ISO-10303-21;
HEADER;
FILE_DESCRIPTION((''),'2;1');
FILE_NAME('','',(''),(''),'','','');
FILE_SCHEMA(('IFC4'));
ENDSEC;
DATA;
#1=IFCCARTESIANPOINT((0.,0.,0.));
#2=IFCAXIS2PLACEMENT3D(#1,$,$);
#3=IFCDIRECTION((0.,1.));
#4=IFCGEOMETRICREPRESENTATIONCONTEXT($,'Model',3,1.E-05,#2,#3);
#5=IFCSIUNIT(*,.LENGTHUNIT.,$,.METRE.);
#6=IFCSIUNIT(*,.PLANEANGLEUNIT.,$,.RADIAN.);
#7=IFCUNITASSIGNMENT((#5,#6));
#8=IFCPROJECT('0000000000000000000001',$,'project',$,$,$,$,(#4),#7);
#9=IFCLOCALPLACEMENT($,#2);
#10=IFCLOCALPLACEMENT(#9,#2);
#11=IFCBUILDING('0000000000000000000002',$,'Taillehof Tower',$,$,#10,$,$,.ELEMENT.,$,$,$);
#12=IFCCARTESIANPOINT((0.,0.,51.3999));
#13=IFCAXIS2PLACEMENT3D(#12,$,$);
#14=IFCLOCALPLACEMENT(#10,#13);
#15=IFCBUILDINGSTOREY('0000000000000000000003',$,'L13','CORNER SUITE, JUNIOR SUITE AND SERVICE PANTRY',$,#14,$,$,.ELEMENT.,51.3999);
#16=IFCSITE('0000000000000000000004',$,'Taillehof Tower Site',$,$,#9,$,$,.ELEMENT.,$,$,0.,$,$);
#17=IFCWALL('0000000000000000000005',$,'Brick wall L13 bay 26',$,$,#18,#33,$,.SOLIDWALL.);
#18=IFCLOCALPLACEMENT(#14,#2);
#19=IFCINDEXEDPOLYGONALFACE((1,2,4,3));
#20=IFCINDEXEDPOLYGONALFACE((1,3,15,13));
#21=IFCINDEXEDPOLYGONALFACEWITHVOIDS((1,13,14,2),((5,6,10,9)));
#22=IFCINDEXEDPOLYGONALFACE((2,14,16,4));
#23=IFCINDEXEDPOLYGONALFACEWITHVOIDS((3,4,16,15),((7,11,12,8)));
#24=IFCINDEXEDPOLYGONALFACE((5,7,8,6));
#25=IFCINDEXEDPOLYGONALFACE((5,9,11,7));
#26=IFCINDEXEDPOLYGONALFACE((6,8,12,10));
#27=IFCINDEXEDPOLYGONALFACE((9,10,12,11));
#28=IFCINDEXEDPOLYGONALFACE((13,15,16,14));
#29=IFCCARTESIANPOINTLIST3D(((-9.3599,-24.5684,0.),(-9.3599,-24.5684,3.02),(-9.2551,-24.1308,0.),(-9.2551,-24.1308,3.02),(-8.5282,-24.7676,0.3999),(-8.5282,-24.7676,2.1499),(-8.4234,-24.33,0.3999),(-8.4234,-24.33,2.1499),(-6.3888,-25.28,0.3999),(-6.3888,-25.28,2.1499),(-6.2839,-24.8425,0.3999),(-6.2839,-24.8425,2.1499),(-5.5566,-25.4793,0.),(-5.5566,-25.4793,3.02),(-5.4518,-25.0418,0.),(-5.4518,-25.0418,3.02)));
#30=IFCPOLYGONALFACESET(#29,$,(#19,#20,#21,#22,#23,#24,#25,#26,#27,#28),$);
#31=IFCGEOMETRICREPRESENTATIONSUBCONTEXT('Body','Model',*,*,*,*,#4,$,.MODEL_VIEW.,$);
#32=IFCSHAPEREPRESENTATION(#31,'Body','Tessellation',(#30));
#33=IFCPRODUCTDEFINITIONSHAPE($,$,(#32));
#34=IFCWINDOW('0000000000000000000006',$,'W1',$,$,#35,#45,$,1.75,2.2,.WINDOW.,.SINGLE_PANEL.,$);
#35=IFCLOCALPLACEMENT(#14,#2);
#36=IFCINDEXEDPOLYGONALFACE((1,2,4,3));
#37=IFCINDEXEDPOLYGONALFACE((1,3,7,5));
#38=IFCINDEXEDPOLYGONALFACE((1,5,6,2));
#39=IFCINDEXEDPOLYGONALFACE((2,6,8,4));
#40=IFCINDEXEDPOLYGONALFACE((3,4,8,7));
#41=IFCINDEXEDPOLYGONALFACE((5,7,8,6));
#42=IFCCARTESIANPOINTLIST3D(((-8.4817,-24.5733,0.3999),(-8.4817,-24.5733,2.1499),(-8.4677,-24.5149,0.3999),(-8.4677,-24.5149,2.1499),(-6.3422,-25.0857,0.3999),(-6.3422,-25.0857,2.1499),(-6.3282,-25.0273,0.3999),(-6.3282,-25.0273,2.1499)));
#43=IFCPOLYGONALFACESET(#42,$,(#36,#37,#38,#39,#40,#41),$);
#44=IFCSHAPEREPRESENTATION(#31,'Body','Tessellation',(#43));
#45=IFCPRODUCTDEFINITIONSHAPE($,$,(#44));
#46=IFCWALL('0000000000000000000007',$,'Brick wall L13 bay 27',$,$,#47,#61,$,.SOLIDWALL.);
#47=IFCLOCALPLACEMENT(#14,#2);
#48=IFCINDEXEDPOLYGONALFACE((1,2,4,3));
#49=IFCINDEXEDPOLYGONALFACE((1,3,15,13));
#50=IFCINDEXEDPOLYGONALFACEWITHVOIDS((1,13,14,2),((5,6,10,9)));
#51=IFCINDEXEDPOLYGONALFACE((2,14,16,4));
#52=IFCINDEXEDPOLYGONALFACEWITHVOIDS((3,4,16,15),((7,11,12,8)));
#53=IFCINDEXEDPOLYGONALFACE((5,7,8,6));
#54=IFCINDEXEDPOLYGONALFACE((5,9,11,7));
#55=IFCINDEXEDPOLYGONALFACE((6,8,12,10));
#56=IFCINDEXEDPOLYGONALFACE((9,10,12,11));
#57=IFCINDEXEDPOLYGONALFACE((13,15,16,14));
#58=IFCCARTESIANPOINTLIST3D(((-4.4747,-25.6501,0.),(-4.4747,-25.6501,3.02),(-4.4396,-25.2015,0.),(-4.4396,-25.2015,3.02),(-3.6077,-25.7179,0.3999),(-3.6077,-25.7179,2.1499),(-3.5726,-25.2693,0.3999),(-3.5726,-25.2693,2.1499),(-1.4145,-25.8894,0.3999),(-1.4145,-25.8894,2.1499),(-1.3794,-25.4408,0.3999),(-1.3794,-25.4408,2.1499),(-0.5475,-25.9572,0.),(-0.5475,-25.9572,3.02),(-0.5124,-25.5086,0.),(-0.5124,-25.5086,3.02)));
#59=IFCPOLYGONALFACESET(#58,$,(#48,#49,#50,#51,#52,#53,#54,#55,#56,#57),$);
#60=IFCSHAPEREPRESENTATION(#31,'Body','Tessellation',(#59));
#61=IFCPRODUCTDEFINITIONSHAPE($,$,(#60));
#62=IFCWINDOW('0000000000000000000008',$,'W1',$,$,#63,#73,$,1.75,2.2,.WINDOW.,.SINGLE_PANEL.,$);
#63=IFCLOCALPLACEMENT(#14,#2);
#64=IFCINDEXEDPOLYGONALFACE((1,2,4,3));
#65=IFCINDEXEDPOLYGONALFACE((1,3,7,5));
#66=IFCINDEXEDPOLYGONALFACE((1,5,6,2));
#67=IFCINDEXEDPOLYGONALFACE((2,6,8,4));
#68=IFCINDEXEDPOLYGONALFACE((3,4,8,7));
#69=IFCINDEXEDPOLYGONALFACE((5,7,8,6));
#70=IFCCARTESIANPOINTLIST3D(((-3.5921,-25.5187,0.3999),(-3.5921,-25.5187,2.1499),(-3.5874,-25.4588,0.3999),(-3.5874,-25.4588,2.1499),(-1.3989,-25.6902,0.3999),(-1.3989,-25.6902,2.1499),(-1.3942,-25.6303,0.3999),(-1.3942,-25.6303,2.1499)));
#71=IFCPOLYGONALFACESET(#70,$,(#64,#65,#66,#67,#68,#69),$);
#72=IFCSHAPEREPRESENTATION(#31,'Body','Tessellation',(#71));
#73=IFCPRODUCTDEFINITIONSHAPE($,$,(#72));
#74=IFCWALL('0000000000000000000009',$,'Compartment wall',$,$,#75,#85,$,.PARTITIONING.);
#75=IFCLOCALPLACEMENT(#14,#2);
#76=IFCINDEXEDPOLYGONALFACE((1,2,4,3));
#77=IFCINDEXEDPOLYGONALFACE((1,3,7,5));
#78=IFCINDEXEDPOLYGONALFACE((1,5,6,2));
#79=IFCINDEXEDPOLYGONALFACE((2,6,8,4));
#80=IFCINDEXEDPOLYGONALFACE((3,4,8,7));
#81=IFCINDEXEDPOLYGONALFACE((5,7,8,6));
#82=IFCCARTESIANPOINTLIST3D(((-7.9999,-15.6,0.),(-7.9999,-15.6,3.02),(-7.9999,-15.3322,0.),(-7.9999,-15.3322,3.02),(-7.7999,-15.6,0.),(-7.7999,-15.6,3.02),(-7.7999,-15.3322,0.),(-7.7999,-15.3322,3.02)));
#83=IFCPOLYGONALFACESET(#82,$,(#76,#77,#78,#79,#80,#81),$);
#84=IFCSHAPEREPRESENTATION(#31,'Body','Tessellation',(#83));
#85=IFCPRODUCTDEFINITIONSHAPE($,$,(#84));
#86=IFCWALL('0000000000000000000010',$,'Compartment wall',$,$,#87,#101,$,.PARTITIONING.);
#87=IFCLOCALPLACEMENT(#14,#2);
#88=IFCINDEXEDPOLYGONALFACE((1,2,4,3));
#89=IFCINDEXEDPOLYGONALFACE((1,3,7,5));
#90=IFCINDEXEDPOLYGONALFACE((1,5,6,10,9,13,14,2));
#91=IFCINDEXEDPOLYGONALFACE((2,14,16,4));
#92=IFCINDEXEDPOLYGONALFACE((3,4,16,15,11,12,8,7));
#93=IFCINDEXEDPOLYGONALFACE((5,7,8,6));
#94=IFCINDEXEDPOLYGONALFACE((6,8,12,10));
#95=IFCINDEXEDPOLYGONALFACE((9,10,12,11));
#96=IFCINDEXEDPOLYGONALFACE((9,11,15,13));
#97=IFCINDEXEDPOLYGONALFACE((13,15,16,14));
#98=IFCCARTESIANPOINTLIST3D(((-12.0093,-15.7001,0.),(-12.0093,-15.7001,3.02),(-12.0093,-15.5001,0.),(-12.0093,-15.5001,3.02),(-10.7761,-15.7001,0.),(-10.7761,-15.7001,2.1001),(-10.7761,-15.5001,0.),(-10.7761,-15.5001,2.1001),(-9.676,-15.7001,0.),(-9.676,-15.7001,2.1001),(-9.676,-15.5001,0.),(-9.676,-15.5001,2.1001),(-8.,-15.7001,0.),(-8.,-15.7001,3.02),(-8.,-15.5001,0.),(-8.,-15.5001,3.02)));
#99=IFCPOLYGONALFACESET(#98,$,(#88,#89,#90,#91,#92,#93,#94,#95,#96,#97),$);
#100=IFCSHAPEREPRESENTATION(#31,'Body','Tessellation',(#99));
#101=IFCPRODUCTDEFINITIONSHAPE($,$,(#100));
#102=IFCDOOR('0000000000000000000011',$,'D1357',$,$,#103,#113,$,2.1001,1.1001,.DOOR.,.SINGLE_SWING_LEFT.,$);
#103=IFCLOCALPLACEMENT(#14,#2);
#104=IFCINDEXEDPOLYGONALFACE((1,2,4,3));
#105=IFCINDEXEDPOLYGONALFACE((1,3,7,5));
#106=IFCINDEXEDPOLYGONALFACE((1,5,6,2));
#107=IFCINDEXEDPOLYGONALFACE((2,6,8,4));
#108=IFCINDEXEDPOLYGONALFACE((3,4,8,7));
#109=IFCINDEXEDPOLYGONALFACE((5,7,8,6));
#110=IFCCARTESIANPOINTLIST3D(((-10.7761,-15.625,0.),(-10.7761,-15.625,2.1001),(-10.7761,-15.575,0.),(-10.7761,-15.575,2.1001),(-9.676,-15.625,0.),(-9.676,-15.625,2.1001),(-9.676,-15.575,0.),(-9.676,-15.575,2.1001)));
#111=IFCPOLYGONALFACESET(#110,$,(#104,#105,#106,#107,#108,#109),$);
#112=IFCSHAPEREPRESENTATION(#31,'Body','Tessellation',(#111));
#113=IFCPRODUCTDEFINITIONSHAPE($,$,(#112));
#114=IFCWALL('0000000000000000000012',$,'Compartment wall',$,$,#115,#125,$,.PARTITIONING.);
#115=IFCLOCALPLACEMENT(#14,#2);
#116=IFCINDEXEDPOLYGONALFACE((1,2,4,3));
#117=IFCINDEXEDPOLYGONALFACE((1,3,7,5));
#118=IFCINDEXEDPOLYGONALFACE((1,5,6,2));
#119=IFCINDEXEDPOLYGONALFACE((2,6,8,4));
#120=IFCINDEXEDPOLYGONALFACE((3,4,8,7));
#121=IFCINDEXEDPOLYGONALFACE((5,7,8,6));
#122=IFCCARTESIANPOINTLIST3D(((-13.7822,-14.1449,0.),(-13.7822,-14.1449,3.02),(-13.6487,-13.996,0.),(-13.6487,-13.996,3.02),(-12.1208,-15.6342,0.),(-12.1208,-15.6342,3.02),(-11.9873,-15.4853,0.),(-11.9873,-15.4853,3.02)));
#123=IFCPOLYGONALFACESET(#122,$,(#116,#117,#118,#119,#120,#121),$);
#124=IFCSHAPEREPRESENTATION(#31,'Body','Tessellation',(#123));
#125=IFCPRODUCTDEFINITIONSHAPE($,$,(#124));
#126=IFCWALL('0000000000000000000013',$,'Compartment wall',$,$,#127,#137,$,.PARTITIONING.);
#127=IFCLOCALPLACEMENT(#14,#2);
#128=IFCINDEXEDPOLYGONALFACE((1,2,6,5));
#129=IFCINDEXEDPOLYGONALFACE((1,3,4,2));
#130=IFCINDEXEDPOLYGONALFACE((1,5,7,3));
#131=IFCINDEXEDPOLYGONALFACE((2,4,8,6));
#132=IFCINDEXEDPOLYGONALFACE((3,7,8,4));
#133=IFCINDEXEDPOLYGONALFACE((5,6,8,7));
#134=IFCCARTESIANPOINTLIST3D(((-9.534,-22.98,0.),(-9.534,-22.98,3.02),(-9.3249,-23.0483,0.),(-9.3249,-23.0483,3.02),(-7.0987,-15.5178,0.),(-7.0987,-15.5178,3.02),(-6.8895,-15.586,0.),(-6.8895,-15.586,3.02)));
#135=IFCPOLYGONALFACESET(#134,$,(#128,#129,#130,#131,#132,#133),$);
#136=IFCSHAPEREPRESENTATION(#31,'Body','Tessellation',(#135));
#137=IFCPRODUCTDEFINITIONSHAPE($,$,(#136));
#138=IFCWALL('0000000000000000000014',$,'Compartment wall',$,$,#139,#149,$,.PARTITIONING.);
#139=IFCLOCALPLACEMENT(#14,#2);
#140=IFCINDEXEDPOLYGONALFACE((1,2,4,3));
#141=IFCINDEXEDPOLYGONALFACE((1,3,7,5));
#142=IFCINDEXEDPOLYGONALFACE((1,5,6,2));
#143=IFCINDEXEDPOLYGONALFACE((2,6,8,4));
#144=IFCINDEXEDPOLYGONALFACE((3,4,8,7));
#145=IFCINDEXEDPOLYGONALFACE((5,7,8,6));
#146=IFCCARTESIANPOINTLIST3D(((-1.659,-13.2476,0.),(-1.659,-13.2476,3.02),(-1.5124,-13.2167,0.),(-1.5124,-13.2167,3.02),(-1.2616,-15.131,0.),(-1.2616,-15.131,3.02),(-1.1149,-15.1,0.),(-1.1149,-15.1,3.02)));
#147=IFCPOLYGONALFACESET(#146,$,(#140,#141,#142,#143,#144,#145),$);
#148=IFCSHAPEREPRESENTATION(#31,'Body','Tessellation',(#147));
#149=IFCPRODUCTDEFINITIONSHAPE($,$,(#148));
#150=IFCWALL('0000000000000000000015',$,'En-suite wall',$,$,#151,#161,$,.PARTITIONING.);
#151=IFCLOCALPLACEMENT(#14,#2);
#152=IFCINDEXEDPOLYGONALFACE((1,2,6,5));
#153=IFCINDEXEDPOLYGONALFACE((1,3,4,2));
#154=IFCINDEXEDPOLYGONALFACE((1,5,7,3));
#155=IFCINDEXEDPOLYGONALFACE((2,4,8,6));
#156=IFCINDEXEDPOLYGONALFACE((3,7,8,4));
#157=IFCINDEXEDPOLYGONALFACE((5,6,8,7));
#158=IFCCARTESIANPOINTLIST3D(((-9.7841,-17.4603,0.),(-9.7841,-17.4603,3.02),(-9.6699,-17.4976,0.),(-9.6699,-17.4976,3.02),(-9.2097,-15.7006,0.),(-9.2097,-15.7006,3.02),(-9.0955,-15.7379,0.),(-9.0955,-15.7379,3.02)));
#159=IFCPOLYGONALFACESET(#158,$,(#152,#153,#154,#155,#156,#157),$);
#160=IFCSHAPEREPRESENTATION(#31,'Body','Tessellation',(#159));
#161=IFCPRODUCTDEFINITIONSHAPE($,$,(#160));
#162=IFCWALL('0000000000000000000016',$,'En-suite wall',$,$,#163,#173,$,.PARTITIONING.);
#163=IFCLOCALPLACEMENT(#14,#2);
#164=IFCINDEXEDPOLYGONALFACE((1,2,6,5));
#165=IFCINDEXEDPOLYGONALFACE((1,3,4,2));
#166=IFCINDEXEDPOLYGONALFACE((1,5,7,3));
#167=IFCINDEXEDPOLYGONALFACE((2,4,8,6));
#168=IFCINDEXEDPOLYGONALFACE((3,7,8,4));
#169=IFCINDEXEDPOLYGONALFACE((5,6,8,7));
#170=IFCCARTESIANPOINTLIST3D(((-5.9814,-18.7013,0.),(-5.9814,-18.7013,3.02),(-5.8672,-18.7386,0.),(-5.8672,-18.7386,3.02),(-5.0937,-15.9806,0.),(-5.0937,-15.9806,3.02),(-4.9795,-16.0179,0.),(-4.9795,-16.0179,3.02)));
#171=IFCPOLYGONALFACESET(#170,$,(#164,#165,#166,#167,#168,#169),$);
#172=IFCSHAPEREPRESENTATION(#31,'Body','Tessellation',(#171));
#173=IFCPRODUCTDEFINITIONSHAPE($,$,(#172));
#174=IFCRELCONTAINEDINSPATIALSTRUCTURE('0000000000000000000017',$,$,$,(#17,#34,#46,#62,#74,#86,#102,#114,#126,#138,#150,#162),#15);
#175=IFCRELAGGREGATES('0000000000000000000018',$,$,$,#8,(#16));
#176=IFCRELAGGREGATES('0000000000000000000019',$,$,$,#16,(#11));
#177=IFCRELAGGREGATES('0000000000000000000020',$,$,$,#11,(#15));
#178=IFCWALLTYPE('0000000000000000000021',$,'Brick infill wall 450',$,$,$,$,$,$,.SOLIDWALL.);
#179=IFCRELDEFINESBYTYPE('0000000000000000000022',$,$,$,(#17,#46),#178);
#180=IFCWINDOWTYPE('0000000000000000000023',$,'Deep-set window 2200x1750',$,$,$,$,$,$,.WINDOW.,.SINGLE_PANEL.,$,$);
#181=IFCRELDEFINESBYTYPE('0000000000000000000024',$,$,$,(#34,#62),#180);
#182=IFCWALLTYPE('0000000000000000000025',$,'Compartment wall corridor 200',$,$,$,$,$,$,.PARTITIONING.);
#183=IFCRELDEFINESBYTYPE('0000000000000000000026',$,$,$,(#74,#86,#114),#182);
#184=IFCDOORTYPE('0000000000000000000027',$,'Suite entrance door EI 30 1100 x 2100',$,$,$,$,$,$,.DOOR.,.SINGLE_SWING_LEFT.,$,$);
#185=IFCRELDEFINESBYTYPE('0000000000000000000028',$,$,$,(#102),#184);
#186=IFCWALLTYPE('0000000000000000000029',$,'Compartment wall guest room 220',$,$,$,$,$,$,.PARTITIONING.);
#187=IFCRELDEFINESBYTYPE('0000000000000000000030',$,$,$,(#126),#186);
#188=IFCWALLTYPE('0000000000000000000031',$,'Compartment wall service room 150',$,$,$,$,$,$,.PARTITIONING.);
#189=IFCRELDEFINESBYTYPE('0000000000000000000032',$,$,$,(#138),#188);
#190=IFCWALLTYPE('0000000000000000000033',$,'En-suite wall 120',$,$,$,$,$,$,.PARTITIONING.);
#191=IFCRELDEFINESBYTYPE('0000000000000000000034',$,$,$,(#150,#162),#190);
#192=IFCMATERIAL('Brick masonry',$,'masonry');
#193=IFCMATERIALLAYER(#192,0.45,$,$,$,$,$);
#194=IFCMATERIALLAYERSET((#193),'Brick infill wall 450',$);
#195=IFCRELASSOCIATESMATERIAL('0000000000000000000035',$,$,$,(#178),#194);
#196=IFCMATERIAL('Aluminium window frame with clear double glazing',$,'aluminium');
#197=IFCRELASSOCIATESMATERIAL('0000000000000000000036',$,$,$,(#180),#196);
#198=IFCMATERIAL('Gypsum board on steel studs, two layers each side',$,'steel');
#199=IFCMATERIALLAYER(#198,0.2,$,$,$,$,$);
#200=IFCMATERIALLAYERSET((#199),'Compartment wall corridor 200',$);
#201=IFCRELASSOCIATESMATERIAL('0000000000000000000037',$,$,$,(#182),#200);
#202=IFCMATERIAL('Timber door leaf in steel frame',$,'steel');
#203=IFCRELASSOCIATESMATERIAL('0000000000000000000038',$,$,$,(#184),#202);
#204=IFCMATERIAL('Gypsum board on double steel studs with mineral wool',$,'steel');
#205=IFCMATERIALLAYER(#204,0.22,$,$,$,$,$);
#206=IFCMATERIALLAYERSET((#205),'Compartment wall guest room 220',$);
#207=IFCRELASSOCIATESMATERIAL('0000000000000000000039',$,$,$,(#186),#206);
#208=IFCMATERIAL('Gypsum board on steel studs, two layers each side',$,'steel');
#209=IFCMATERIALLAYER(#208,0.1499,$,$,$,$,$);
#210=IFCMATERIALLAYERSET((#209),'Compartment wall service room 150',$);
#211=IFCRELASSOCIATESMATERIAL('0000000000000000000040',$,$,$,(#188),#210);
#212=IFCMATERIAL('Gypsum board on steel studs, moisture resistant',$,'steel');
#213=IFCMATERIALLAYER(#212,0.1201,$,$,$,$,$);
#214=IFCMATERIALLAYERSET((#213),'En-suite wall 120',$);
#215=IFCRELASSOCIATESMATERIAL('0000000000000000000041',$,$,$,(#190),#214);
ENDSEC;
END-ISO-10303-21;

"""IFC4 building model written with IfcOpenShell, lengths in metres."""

from ifc_helpers import new_model, si_unit, direction, frame, frame_2d, origin, place, context, subcontext, project, spatial, rectangle, extrude, material, layer, layer_set, type_object, element, fill, save


model = new_model("IFC4")

# Units and contexts
model_context = context("Model", 3, precision=1e-05, world=origin(), true_north=direction((0.0, 1.0)))
body_context = subcontext(model_context, "Body", "Model", "MODEL_VIEW")
ifc_project = project(units=[si_unit("LENGTHUNIT", "METRE"), si_unit("PLANEANGLEUNIT", "RADIAN")], contexts=[model_context])

# Site, building, storey
site_placement = place(None, origin())
site = spatial("IfcSite", under=ifc_project, at=site_placement, Name="Taillehof Tower Site", CompositionType="ELEMENT", RefElevation=0.0)
building_placement = place(site_placement, origin())
building = spatial("IfcBuilding", under=site, at=building_placement, Name="Taillehof Tower", CompositionType="ELEMENT")
storey_placement = place(building_placement, frame((0.0, 0.0, 51.3999)))
storey = spatial("IfcBuildingStorey", under=building, at=storey_placement, Name="L13", Description="CORNER SUITE, JUNIOR SUITE AND SERVICE PANTRY", CompositionType="ELEMENT", Elevation=51.3999)

# Walls, openings, windows
ifc_material_1 = material(Name="Brick masonry", Category="masonry")
ifc_layer_1 = layer(ifc_material_1, 0.45)
ifc_layer_set_1 = layer_set([ifc_layer_1], Name="Brick infill wall 450")
wall_type_1 = type_object("IfcWallType", Name="Brick infill wall 450", PredefinedType="SOLIDWALL", material=ifc_layer_set_1)
ifc_material_2 = material(Name="Aluminium window frame with clear double glazing", Category="aluminium")
window_type = type_object("IfcWindowType", Name="Deep-set window 2200x1750", PartitioningType="SINGLE_PANEL", PredefinedType="WINDOW", material=ifc_material_2)
wall_1_placement = place(storey_placement, frame((-9.3076, -24.3496, 0.0), z_axis=(0.0, 0.0, 1.0), x_axis=(0.972497, -0.232917, 0.0)))
wall_1 = element("IfcWall", 1, at=wall_1_placement, inside=storey, type_object=wall_type_1, Name="Brick wall L13 bay 26", PredefinedType="SOLIDWALL", context=body_context, shape_type="SweptSolid", body=[
    extrude(rectangle(XDim=3.9109, YDim=0.45, at=frame_2d((1.9556, 0.0))), origin(), (0.0, 0.0, 1.0), 3.02),
])
opening_1_placement = place(wall_1_placement, frame((0.8552, 0.0, 0.3999)))
opening_1 = element("IfcOpeningElement", 2, at=opening_1_placement, cuts=wall_1, PredefinedType="OPENING", context=body_context, shape_type="SweptSolid", body=[
    extrude(rectangle(XDim=2.2, YDim=1.75, at=frame_2d((1.1001, 0.875))), frame((0.0, 0.2349, 0.0), z_axis=(0.0, -1.0, 0.0), x_axis=(1.0, 0.0, 0.0)), (0.0, 0.0, 1.0), 0.47),
])
window_1_placement = place(opening_1_placement, origin())
window_1 = element("IfcWindow", 3, at=window_1_placement, inside=storey, type_object=window_type, Name="W1", OverallHeight=1.75, OverallWidth=2.2, PartitioningType="SINGLE_PANEL", PredefinedType="WINDOW", context=body_context, shape_type="SweptSolid", body=[
    extrude(rectangle(XDim=2.2, YDim=1.75, at=frame_2d((1.1001, 0.875))), frame((0.0, 0.0349, 0.0), z_axis=(0.0, -1.0, 0.0), x_axis=(1.0, 0.0, 0.0)), (0.0, 0.0, 1.0), 0.0601),
])
fill(opening_1, window_1)
wall_2_placement = place(storey_placement, frame((-4.4573, -25.4258, 0.0), z_axis=(0.0, 0.0, 1.0), x_axis=(0.996956, -0.077967, 0.0)))
wall_2 = element("IfcWall", 4, at=wall_2_placement, inside=storey, type_object=wall_type_1, Name="Brick wall L13 bay 27", PredefinedType="SOLIDWALL", context=body_context, shape_type="SweptSolid", body=[
    extrude(rectangle(XDim=3.9392, YDim=0.45, at=frame_2d((1.9697, 0.0))), origin(), (0.0, 0.0, 1.0), 3.02),
])
opening_2_placement = place(wall_2_placement, frame((0.8696, 0.0, 0.3999)))
opening_2 = element("IfcOpeningElement", 5, at=opening_2_placement, cuts=wall_2, PredefinedType="OPENING", context=body_context, shape_type="SweptSolid", body=[
    extrude(rectangle(XDim=2.2, YDim=1.75, at=frame_2d((1.1001, 0.875))), frame((0.0, 0.2349, 0.0), z_axis=(0.0, -1.0, 0.0), x_axis=(1.0, 0.0, 0.0)), (0.0, 0.0, 1.0), 0.47),
])
window_2_placement = place(opening_2_placement, origin())
window_2 = element("IfcWindow", 6, at=window_2_placement, inside=storey, type_object=window_type, Name="W1", OverallHeight=1.75, OverallWidth=2.2, PartitioningType="SINGLE_PANEL", PredefinedType="WINDOW", context=body_context, shape_type="SweptSolid", body=[
    extrude(rectangle(XDim=2.2, YDim=1.75, at=frame_2d((1.1001, 0.875))), frame((0.0, 0.0349, 0.0), z_axis=(0.0, -1.0, 0.0), x_axis=(1.0, 0.0, 0.0)), (0.0, 0.0, 1.0), 0.0601),
])
fill(opening_2, window_2)

# Wall
ifc_material_3 = material(Name="Gypsum board on steel studs, two layers each side", Category="steel")
ifc_layer_2 = layer(ifc_material_3, 0.2)
ifc_layer_set_2 = layer_set([ifc_layer_2], Name="Compartment wall corridor 200")
wall_type_2 = type_object("IfcWallType", Name="Compartment wall corridor 200", PredefinedType="PARTITIONING", material=ifc_layer_set_2)
wall_3_placement = place(storey_placement, frame((-7.8999, -15.3323, 0.0), z_axis=(0.0, 0.0, 1.0), x_axis=(0.0, -1.0, 0.0)))
element("IfcWall", 7, at=wall_3_placement, inside=storey, type_object=wall_type_2, Name="Compartment wall", PredefinedType="PARTITIONING", context=body_context, shape_type="SweptSolid", body=[
    extrude(rectangle(XDim=0.2678, YDim=0.2, at=frame_2d((0.1338, 0.0))), origin(), (0.0, 0.0, 1.0), 3.02),
])

# Wall, opening, door
wall_4_placement = place(storey_placement, frame((-8.0, -15.6001, 0.0), z_axis=(0.0, 0.0, 1.0), x_axis=(-1.0, 0.0, 0.0)))
wall_4 = element("IfcWall", 8, at=wall_4_placement, inside=storey, type_object=wall_type_2, Name="Compartment wall", PredefinedType="PARTITIONING", context=body_context, shape_type="SweptSolid", body=[
    extrude(rectangle(XDim=4.0093, YDim=0.2, at=frame_2d((2.0046, 0.0))), origin(), (0.0, 0.0, 1.0), 3.02),
])
opening_3_placement = place(wall_4_placement, frame((1.676, 0.0, 0.0)))
opening_3 = element("IfcOpeningElement", 9, at=opening_3_placement, cuts=wall_4, PredefinedType="OPENING", context=body_context, shape_type="SweptSolid", body=[
    extrude(rectangle(XDim=1.1001, YDim=2.1001, at=frame_2d((0.55, 1.05))), frame((0.0, 0.1099, 0.0), z_axis=(0.0, -1.0, 0.0), x_axis=(1.0, 0.0, 0.0)), (0.0, 0.0, 1.0), 0.22),
])
ifc_material_4 = material(Name="Timber door leaf in steel frame", Category="steel")
door_type_1 = type_object("IfcDoorType", Name="Suite entrance door EI 30 1100 x 2100", OperationType="SINGLE_SWING_LEFT", PredefinedType="DOOR", material=ifc_material_4)
door_1_placement = place(opening_3_placement, origin())
door_1 = element("IfcDoor", 10, at=door_1_placement, inside=storey, type_object=door_type_1, Name="D1357", OperationType="SINGLE_SWING_LEFT", OverallHeight=2.1001, OverallWidth=1.1001, PredefinedType="DOOR", context=body_context, shape_type="SweptSolid", body=[
    extrude(rectangle(XDim=1.1001, YDim=2.1001, at=frame_2d((0.55, 1.05))), frame((0.0, 0.0249, 0.0), z_axis=(0.0, -1.0, 0.0), x_axis=(1.0, 0.0, 0.0)), (0.0, 0.0, 1.0), 0.05),
])
fill(opening_3, door_1)

# Walls
wall_5_placement = place(storey_placement, frame((-12.054, -15.5598, 0.0), z_axis=(0.0, 0.0, 1.0), x_axis=(-0.744626, 0.667482, 0.0)))
element("IfcWall", 11, at=wall_5_placement, inside=storey, type_object=wall_type_2, Name="Compartment wall", PredefinedType="PARTITIONING", context=body_context, shape_type="SweptSolid", body=[
    extrude(rectangle(XDim=2.2312, YDim=0.2, at=frame_2d((1.1157, 0.0))), origin(), (0.0, 0.0, 1.0), 3.02),
])
ifc_material_5 = material(Name="Gypsum board on double steel studs with mineral wool", Category="steel")
ifc_layer_3 = layer(ifc_material_5, 0.22)
ifc_layer_set_3 = layer_set([ifc_layer_3], Name="Compartment wall guest room 220")
wall_type_3 = type_object("IfcWallType", Name="Compartment wall guest room 220", PredefinedType="PARTITIONING", material=ifc_layer_set_3)
wall_6_placement = place(storey_placement, frame((-9.4294, -23.0142, 0.0), z_axis=(0.0, 0.0, 1.0), x_axis=(0.31025, 0.950655, 0.0)))
element("IfcWall", 12, at=wall_6_placement, inside=storey, type_object=wall_type_3, Name="Compartment wall", PredefinedType="PARTITIONING", context=body_context, shape_type="SweptSolid", body=[
    extrude(rectangle(XDim=7.8496, YDim=0.22, at=frame_2d((3.9248, 0.0))), origin(), (0.0, 0.0, 1.0), 3.02),
])
ifc_material_6 = material(Name="Gypsum board on steel studs, two layers each side", Category="steel")
ifc_layer_4 = layer(ifc_material_6, 0.1499)
ifc_layer_set_4 = layer_set([ifc_layer_4], Name="Compartment wall service room 150")
wall_type_4 = type_object("IfcWallType", Name="Compartment wall service room 150", PredefinedType="PARTITIONING", material=ifc_layer_set_4)
wall_7_placement = place(storey_placement, frame((-1.1882, -15.1155, 0.0), z_axis=(0.0, 0.0, 1.0), x_axis=(-0.206496, 0.978447, 0.0)))
element("IfcWall", 13, at=wall_7_placement, inside=storey, type_object=wall_type_4, Name="Compartment wall", PredefinedType="PARTITIONING", context=body_context, shape_type="SweptSolid", body=[
    extrude(rectangle(XDim=1.9248, YDim=0.1499, at=frame_2d((0.9624, 0.0))), origin(), (0.0, 0.0, 1.0), 3.02),
])
ifc_material_7 = material(Name="Gypsum board on steel studs, moisture resistant", Category="steel")
ifc_layer_5 = layer(ifc_material_7, 0.1201)
ifc_layer_set_5 = layer_set([ifc_layer_5], Name="En-suite wall 120")
wall_type_5 = type_object("IfcWallType", Name="En-suite wall 120", PredefinedType="PARTITIONING", material=ifc_layer_set_5)
wall_8_placement = place(storey_placement, frame((-9.1526, -15.7192, 0.0), z_axis=(0.0, 0.0, 1.0), x_axis=(-0.310326, -0.95063, 0.0)))
element("IfcWall", 14, at=wall_8_placement, inside=storey, type_object=wall_type_5, Name="En-suite wall", PredefinedType="PARTITIONING", context=body_context, shape_type="SweptSolid", body=[
    extrude(rectangle(XDim=1.8511, YDim=0.1201, at=frame_2d((0.9255, 0.0))), origin(), (0.0, 0.0, 1.0), 3.02),
])
wall_9_placement = place(storey_placement, frame((-5.0366, -15.9993, 0.0), z_axis=(0.0, 0.0, 1.0), x_axis=(-0.310182, -0.950677, 0.0)))
element("IfcWall", 15, at=wall_9_placement, inside=storey, type_object=wall_type_5, Name="En-suite wall", PredefinedType="PARTITIONING", context=body_context, shape_type="SweptSolid", body=[
    extrude(rectangle(XDim=2.8618, YDim=0.1201, at=frame_2d((1.4309, 0.0))), origin(), (0.0, 0.0, 1.0), 3.02),
])

save(model, "model.ifc")
